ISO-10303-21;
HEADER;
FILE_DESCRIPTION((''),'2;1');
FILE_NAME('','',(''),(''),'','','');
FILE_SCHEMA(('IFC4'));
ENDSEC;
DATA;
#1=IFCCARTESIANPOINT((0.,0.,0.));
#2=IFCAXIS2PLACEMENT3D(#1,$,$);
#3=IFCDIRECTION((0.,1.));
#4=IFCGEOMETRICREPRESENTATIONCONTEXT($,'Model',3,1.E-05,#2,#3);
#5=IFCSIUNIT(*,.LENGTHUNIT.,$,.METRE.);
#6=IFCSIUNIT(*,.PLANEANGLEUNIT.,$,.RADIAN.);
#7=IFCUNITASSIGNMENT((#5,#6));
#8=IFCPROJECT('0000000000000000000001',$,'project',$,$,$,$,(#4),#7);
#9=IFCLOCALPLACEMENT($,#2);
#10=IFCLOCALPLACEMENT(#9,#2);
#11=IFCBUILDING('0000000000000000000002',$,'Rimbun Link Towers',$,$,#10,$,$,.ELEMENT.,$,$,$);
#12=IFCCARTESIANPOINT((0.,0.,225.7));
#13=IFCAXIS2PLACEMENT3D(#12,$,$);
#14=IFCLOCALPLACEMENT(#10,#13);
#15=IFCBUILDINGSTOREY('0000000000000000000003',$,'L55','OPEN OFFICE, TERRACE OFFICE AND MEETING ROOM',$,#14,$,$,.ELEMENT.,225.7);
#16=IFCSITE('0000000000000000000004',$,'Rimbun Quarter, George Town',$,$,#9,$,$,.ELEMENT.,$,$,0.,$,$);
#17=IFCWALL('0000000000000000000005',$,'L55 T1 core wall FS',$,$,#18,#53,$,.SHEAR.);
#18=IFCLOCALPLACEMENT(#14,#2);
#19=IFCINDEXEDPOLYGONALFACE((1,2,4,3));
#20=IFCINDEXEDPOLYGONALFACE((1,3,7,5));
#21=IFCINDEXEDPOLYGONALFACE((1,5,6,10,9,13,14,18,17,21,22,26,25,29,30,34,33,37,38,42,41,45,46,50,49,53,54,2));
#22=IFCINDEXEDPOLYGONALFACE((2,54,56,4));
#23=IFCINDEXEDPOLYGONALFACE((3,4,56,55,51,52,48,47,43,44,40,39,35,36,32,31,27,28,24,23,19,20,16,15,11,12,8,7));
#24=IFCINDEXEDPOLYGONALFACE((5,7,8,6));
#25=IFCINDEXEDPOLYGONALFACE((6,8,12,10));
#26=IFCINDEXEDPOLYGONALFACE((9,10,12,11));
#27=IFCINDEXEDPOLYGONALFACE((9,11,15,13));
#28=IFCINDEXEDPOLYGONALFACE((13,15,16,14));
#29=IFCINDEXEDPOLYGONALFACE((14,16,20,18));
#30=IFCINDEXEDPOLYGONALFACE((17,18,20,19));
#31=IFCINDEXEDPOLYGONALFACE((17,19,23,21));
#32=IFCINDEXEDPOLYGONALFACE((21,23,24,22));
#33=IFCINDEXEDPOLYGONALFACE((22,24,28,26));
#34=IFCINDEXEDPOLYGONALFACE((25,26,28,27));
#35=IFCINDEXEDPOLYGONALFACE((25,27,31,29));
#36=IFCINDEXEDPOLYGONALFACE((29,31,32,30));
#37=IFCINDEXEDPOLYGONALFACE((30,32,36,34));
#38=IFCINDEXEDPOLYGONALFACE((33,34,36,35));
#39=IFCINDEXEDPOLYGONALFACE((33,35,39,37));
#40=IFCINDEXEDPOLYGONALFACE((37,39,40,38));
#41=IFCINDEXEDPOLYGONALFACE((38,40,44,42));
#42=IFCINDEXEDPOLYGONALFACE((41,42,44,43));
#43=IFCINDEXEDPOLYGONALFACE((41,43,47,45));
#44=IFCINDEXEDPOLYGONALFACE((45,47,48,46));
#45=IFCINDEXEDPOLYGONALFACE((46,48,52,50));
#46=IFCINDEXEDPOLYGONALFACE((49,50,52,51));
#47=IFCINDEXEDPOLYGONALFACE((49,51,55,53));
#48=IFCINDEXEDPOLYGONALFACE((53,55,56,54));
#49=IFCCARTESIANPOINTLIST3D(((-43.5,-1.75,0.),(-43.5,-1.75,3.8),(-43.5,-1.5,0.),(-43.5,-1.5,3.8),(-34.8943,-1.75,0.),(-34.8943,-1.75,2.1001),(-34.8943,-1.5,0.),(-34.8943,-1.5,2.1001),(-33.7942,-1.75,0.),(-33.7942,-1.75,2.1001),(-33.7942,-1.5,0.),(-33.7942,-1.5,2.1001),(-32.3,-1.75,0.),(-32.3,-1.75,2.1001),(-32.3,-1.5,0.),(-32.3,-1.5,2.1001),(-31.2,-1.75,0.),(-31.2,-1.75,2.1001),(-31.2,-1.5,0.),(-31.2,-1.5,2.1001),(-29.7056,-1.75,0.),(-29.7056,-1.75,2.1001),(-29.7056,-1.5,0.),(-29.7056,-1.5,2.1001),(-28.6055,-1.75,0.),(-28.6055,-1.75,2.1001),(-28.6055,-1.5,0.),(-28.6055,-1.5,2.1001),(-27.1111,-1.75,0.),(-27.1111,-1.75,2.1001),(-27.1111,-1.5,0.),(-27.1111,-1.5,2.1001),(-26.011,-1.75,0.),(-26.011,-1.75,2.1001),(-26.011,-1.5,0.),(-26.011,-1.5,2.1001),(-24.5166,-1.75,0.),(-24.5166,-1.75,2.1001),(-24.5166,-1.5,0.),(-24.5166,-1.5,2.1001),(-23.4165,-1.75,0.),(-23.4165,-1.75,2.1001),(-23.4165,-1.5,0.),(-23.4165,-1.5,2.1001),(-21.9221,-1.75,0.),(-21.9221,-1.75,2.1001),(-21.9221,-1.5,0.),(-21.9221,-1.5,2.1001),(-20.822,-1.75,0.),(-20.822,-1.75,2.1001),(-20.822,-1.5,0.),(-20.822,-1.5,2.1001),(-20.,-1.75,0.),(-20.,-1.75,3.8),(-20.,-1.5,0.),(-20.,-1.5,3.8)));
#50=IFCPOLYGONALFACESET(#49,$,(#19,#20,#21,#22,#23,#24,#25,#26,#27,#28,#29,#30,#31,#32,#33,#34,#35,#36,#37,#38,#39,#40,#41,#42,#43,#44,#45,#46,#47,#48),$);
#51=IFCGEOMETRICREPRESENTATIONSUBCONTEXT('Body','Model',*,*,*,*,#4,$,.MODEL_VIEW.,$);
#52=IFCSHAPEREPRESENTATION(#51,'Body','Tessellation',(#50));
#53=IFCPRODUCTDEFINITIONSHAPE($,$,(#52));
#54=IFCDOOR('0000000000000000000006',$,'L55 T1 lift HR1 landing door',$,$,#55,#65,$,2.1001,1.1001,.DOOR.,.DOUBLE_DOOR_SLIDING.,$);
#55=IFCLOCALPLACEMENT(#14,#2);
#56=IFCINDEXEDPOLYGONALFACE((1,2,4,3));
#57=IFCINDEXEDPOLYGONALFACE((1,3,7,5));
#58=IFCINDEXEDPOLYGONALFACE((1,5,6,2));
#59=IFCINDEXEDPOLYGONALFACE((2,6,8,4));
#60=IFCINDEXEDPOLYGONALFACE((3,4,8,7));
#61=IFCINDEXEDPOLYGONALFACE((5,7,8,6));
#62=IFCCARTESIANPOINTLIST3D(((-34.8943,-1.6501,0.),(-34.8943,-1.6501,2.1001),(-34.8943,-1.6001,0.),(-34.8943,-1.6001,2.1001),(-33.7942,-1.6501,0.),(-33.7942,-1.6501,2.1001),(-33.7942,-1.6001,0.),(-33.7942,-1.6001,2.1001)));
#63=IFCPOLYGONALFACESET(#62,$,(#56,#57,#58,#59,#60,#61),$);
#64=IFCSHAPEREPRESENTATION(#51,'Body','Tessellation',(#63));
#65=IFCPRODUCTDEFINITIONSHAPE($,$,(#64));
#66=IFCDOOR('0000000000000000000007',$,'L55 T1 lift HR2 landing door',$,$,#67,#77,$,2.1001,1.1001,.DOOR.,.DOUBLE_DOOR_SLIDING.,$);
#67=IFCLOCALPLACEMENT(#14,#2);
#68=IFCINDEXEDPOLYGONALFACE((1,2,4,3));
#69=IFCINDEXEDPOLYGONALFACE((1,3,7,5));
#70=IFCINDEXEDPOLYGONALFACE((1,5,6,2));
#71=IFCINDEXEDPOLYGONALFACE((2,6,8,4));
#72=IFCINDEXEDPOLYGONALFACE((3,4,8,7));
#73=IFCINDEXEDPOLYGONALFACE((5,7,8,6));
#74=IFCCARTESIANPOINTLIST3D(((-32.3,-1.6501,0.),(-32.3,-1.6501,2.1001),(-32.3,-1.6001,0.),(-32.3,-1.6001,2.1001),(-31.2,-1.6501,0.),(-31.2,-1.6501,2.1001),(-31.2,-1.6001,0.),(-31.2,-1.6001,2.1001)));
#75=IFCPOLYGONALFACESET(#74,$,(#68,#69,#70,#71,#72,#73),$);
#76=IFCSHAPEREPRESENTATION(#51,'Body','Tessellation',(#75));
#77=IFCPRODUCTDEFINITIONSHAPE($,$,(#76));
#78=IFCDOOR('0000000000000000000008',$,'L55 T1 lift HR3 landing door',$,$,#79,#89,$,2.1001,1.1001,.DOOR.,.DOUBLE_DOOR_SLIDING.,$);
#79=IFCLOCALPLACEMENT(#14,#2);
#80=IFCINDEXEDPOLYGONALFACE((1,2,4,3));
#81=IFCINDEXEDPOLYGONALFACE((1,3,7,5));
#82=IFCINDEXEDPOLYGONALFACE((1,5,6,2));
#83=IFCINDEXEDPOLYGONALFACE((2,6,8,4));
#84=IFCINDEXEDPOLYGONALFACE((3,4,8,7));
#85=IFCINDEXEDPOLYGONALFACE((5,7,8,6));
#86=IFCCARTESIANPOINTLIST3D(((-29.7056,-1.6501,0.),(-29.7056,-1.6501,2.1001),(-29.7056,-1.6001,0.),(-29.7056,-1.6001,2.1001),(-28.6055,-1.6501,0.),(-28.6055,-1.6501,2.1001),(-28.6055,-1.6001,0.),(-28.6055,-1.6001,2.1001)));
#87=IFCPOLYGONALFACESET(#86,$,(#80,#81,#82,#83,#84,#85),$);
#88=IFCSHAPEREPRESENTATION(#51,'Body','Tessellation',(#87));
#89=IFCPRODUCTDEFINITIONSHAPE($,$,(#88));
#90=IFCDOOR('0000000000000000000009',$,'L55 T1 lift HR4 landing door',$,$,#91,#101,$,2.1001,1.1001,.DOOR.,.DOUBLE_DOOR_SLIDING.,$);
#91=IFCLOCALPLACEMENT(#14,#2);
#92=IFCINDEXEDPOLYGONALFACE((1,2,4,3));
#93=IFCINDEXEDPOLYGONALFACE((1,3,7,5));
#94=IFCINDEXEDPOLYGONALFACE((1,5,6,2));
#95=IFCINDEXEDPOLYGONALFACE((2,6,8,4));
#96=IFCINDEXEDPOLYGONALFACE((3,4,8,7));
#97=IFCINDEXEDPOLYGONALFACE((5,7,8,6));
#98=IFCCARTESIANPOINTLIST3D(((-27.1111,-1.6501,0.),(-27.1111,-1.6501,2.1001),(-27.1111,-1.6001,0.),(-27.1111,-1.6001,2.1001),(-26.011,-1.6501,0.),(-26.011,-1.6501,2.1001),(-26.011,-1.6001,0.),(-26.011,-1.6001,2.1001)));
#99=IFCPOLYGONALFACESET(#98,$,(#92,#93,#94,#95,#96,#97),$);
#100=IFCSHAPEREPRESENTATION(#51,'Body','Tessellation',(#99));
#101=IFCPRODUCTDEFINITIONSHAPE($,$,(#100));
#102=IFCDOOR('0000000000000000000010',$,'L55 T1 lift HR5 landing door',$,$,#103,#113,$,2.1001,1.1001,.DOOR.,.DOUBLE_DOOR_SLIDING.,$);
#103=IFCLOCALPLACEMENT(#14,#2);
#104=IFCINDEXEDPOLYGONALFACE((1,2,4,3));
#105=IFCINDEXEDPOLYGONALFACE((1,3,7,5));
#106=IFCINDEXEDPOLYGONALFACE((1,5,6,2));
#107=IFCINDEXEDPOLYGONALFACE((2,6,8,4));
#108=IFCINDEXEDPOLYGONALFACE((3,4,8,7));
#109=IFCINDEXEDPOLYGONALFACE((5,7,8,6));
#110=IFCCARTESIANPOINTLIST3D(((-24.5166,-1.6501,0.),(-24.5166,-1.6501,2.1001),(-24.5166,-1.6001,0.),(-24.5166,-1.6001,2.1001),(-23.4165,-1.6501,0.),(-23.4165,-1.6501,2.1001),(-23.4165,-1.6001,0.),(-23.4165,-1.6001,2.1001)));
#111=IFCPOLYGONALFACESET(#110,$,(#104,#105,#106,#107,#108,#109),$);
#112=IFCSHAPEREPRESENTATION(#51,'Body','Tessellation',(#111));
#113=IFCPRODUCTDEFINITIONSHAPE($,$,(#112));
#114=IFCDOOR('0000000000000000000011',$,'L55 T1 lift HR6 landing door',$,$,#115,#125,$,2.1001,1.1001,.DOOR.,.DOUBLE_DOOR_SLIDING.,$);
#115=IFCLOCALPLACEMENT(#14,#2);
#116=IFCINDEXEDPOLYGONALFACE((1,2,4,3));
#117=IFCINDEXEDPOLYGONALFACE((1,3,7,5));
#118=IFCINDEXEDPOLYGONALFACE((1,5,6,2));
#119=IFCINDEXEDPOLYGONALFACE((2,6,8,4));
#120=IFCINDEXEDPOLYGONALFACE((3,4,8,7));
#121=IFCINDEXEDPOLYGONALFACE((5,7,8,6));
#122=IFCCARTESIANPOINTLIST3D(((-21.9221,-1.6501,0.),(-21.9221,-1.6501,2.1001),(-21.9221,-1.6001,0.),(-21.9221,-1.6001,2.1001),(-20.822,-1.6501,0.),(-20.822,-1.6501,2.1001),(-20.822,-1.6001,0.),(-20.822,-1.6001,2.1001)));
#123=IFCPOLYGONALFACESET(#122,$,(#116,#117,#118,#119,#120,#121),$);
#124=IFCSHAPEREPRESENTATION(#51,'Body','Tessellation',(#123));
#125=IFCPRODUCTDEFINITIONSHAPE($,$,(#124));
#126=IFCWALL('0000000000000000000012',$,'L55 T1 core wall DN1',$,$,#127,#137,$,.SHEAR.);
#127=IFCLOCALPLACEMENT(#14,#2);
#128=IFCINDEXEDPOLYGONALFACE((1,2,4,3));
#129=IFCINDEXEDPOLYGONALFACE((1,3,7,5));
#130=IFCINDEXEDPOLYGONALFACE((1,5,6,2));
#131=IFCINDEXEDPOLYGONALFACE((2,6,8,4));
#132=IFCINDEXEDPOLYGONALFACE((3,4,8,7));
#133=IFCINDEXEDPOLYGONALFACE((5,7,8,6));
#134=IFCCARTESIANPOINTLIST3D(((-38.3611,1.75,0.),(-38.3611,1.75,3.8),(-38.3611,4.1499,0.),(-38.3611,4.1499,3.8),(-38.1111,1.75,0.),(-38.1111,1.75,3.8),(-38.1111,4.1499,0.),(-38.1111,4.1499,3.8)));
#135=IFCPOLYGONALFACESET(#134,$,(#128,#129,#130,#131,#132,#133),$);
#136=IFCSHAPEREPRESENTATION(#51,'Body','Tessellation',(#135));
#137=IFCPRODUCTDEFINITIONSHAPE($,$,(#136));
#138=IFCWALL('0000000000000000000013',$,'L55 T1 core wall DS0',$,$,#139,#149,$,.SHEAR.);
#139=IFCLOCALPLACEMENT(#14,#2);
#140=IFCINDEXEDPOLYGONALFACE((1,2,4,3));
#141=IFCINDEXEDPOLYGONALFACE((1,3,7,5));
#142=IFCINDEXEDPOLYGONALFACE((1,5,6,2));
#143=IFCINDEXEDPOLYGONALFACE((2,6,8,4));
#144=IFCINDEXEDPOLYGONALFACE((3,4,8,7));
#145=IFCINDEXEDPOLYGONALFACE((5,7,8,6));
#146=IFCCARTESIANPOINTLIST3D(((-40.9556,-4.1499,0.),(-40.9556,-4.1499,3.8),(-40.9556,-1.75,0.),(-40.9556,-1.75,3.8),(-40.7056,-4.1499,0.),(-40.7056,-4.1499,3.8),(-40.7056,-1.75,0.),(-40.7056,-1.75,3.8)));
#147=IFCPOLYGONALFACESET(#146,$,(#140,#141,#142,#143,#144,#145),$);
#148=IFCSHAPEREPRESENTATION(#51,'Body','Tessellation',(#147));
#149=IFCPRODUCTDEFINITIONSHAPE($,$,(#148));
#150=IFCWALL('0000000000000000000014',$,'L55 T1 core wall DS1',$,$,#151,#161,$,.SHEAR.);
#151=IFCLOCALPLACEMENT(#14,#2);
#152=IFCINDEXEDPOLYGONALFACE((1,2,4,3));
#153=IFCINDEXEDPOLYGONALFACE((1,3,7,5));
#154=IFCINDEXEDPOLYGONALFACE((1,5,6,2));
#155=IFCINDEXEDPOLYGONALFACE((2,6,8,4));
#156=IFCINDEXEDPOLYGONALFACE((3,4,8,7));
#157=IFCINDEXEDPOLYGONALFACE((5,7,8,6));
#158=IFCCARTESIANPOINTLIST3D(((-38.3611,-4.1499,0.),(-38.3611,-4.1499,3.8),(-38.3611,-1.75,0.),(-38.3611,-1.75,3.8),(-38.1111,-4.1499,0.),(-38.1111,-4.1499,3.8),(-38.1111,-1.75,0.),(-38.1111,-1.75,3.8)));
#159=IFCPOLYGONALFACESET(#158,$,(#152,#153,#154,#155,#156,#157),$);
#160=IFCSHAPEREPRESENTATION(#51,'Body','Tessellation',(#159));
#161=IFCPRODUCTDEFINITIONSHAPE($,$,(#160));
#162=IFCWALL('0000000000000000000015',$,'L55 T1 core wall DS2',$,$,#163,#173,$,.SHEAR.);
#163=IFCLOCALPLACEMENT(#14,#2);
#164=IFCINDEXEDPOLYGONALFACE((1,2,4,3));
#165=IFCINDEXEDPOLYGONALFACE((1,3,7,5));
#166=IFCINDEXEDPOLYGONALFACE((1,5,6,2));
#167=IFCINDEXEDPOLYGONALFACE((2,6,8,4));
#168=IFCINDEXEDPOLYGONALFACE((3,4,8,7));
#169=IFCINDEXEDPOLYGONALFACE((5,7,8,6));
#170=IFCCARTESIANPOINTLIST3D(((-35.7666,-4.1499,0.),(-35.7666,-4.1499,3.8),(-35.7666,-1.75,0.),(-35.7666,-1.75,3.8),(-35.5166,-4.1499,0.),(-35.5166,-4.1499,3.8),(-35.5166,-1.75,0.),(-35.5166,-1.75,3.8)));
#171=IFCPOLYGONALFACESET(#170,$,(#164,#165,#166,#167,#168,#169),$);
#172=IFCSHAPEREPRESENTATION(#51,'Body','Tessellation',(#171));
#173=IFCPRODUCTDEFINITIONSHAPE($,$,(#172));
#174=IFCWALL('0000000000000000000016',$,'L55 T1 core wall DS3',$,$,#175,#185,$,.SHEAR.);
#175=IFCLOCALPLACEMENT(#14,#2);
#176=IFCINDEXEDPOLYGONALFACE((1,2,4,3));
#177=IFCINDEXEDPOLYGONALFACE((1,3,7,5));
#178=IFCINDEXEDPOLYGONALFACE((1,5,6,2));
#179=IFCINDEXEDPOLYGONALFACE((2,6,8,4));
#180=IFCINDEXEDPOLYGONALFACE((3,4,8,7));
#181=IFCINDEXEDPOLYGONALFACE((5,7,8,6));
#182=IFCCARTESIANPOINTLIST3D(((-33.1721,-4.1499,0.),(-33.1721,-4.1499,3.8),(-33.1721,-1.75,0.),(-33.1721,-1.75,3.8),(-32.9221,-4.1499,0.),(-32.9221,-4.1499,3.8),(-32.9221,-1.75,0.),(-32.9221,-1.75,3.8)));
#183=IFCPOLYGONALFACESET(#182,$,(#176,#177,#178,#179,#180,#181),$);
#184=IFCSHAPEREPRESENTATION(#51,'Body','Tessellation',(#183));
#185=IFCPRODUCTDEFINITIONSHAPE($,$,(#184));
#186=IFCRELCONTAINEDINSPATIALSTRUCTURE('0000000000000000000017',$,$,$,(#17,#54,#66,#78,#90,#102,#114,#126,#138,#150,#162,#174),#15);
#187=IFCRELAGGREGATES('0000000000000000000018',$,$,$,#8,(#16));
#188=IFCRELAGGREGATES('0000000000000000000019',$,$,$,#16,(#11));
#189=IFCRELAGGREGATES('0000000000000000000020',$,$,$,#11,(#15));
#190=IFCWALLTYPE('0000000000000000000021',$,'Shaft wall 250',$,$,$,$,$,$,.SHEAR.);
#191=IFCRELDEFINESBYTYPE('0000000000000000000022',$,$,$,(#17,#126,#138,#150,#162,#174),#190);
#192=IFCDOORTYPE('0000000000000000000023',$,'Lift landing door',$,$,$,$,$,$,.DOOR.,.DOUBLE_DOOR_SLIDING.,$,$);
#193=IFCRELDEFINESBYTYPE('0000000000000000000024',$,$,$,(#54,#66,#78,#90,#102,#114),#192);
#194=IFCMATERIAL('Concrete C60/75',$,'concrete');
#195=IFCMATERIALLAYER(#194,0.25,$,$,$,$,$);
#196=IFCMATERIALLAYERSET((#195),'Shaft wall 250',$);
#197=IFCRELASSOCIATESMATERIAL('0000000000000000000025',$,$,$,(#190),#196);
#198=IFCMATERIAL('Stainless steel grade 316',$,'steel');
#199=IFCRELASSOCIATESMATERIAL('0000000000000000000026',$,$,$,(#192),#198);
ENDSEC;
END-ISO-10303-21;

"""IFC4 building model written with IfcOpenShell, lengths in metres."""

from ifc_helpers import new_model, si_unit, direction, frame, frame_2d, origin, place, context, subcontext, project, spatial, rectangle, extrude, material, layer, layer_set, type_object, element, fill, save


model = new_model("IFC4")

# Units and contexts
model_context = context("Model", 3, precision=1e-05, world=origin(), true_north=direction((0.0, 1.0)))
body_context = subcontext(model_context, "Body", "Model", "MODEL_VIEW")
ifc_project = project(units=[si_unit("LENGTHUNIT", "METRE"), si_unit("PLANEANGLEUNIT", "RADIAN")], contexts=[model_context])

# Site, building, storey
site_placement = place(None, origin())
site = spatial("IfcSite", under=ifc_project, at=site_placement, Name="Rimbun Quarter, George Town", CompositionType="ELEMENT", RefElevation=0.0)
building_placement = place(site_placement, origin())
building = spatial("IfcBuilding", under=site, at=building_placement, Name="Rimbun Link Towers", CompositionType="ELEMENT")
storey_placement = place(building_placement, frame((0.0, 0.0, 225.7)))
storey = spatial("IfcBuildingStorey", under=building, at=storey_placement, Name="L55", Description="OPEN OFFICE, TERRACE OFFICE AND MEETING ROOM", CompositionType="ELEMENT", Elevation=225.7)

# Shared definitions
ifc_material_1 = material(Name="Concrete C60/75", Category="concrete")
ifc_layer_1 = layer(ifc_material_1, 0.25)
ifc_layer_set_1 = layer_set([ifc_layer_1], Name="Shaft wall 250")
wall_type_1 = type_object("IfcWallType", Name="Shaft wall 250", PredefinedType="SHEAR", material=ifc_layer_set_1)

# Wall, openings, doors
wall_1_placement = place(storey_placement, frame((-43.5, -1.625, 0.0), z_axis=(0.0, 0.0, 1.0), x_axis=(1.0, 0.0, 0.0)))
wall_1 = element("IfcWall", 1, at=wall_1_placement, inside=storey, type_object=wall_type_1, Name="L55 T1 core wall FS", PredefinedType="SHEAR", context=body_context, shape_type="SweptSolid", body=[
    extrude(rectangle(XDim=23.5, YDim=0.25, at=frame_2d((11.75, 0.0))), origin(), (0.0, 0.0, 1.0), 3.8),
])
opening_1_placement = place(wall_1_placement, frame((8.6057, 0.0, 0.0)))
opening_1 = element("IfcOpeningElement", 2, at=opening_1_placement, cuts=wall_1, PredefinedType="OPENING", context=body_context, shape_type="SweptSolid", body=[
    extrude(rectangle(XDim=1.1001, YDim=2.1001, at=frame_2d((0.55, 1.05))), frame((0.0, 0.135, 0.0), z_axis=(0.0, -1.0, 0.0), x_axis=(1.0, 0.0, 0.0)), (0.0, 0.0, 1.0), 0.27),
])
opening_2_placement = place(wall_1_placement, frame((11.2, 0.0, 0.0)))
opening_2 = element("IfcOpeningElement", 3, at=opening_2_placement, cuts=wall_1, PredefinedType="OPENING", context=body_context, shape_type="SweptSolid", body=[
    extrude(rectangle(XDim=1.1001, YDim=2.1001, at=frame_2d((0.55, 1.05))), frame((0.0, 0.135, 0.0), z_axis=(0.0, -1.0, 0.0), x_axis=(1.0, 0.0, 0.0)), (0.0, 0.0, 1.0), 0.27),
])
opening_3_placement = place(wall_1_placement, frame((13.7944, 0.0, 0.0)))
opening_3 = element("IfcOpeningElement", 4, at=opening_3_placement, cuts=wall_1, PredefinedType="OPENING", context=body_context, shape_type="SweptSolid", body=[
    extrude(rectangle(XDim=1.1001, YDim=2.1001, at=frame_2d((0.55, 1.05))), frame((0.0, 0.135, 0.0), z_axis=(0.0, -1.0, 0.0), x_axis=(1.0, 0.0, 0.0)), (0.0, 0.0, 1.0), 0.27),
])
opening_4_placement = place(wall_1_placement, frame((16.3889, 0.0, 0.0)))
opening_4 = element("IfcOpeningElement", 5, at=opening_4_placement, cuts=wall_1, PredefinedType="OPENING", context=body_context, shape_type="SweptSolid", body=[
    extrude(rectangle(XDim=1.1001, YDim=2.1001, at=frame_2d((0.55, 1.05))), frame((0.0, 0.135, 0.0), z_axis=(0.0, -1.0, 0.0), x_axis=(1.0, 0.0, 0.0)), (0.0, 0.0, 1.0), 0.27),
])
opening_5_placement = place(wall_1_placement, frame((18.9834, 0.0, 0.0)))
opening_5 = element("IfcOpeningElement", 6, at=opening_5_placement, cuts=wall_1, PredefinedType="OPENING", context=body_context, shape_type="SweptSolid", body=[
    extrude(rectangle(XDim=1.1001, YDim=2.1001, at=frame_2d((0.55, 1.05))), frame((0.0, 0.135, 0.0), z_axis=(0.0, -1.0, 0.0), x_axis=(1.0, 0.0, 0.0)), (0.0, 0.0, 1.0), 0.27),
])
opening_6_placement = place(wall_1_placement, frame((21.5779, 0.0, 0.0)))
opening_6 = element("IfcOpeningElement", 7, at=opening_6_placement, cuts=wall_1, PredefinedType="OPENING", context=body_context, shape_type="SweptSolid", body=[
    extrude(rectangle(XDim=1.1001, YDim=2.1001, at=frame_2d((0.55, 1.05))), frame((0.0, 0.135, 0.0), z_axis=(0.0, -1.0, 0.0), x_axis=(1.0, 0.0, 0.0)), (0.0, 0.0, 1.0), 0.27),
])
ifc_material_2 = material(Name="Stainless steel grade 316", Category="steel")
door_type_1 = type_object("IfcDoorType", Name="Lift landing door", OperationType="DOUBLE_DOOR_SLIDING", PredefinedType="DOOR", material=ifc_material_2)
door_1_placement = place(opening_1_placement, origin())
door_1 = element("IfcDoor", 8, at=door_1_placement, inside=storey, type_object=door_type_1, Name="L55 T1 lift HR1 landing door", OperationType="DOUBLE_DOOR_SLIDING", OverallHeight=2.1001, OverallWidth=1.1001, PredefinedType="DOOR", context=body_context, shape_type="SweptSolid", body=[
    extrude(rectangle(XDim=1.1001, YDim=2.1001, at=frame_2d((0.55, 1.05))), frame((0.0, 0.0249, 0.0), z_axis=(0.0, -1.0, 0.0), x_axis=(1.0, 0.0, 0.0)), (0.0, 0.0, 1.0), 0.05),
])
fill(opening_1, door_1)
door_2_placement = place(opening_2_placement, origin())
door_2 = element("IfcDoor", 9, at=door_2_placement, inside=storey, type_object=door_type_1, Name="L55 T1 lift HR2 landing door", OperationType="DOUBLE_DOOR_SLIDING", OverallHeight=2.1001, OverallWidth=1.1001, PredefinedType="DOOR", context=body_context, shape_type="SweptSolid", body=[
    extrude(rectangle(XDim=1.1001, YDim=2.1001, at=frame_2d((0.55, 1.05))), frame((0.0, 0.0249, 0.0), z_axis=(0.0, -1.0, 0.0), x_axis=(1.0, 0.0, 0.0)), (0.0, 0.0, 1.0), 0.05),
])
fill(opening_2, door_2)
door_3_placement = place(opening_3_placement, origin())
door_3 = element("IfcDoor", 10, at=door_3_placement, inside=storey, type_object=door_type_1, Name="L55 T1 lift HR3 landing door", OperationType="DOUBLE_DOOR_SLIDING", OverallHeight=2.1001, OverallWidth=1.1001, PredefinedType="DOOR", context=body_context, shape_type="SweptSolid", body=[
    extrude(rectangle(XDim=1.1001, YDim=2.1001, at=frame_2d((0.55, 1.05))), frame((0.0, 0.0249, 0.0), z_axis=(0.0, -1.0, 0.0), x_axis=(1.0, 0.0, 0.0)), (0.0, 0.0, 1.0), 0.05),
])
fill(opening_3, door_3)
door_4_placement = place(opening_4_placement, origin())
door_4 = element("IfcDoor", 11, at=door_4_placement, inside=storey, type_object=door_type_1, Name="L55 T1 lift HR4 landing door", OperationType="DOUBLE_DOOR_SLIDING", OverallHeight=2.1001, OverallWidth=1.1001, PredefinedType="DOOR", context=body_context, shape_type="SweptSolid", body=[
    extrude(rectangle(XDim=1.1001, YDim=2.1001, at=frame_2d((0.55, 1.05))), frame((0.0, 0.0249, 0.0), z_axis=(0.0, -1.0, 0.0), x_axis=(1.0, 0.0, 0.0)), (0.0, 0.0, 1.0), 0.05),
])
fill(opening_4, door_4)
door_5_placement = place(opening_5_placement, origin())
door_5 = element("IfcDoor", 12, at=door_5_placement, inside=storey, type_object=door_type_1, Name="L55 T1 lift HR5 landing door", OperationType="DOUBLE_DOOR_SLIDING", OverallHeight=2.1001, OverallWidth=1.1001, PredefinedType="DOOR", context=body_context, shape_type="SweptSolid", body=[
    extrude(rectangle(XDim=1.1001, YDim=2.1001, at=frame_2d((0.55, 1.05))), frame((0.0, 0.0249, 0.0), z_axis=(0.0, -1.0, 0.0), x_axis=(1.0, 0.0, 0.0)), (0.0, 0.0, 1.0), 0.05),
])
fill(opening_5, door_5)
door_6_placement = place(opening_6_placement, origin())
door_6 = element("IfcDoor", 13, at=door_6_placement, inside=storey, type_object=door_type_1, Name="L55 T1 lift HR6 landing door", OperationType="DOUBLE_DOOR_SLIDING", OverallHeight=2.1001, OverallWidth=1.1001, PredefinedType="DOOR", context=body_context, shape_type="SweptSolid", body=[
    extrude(rectangle(XDim=1.1001, YDim=2.1001, at=frame_2d((0.55, 1.05))), frame((0.0, 0.0249, 0.0), z_axis=(0.0, -1.0, 0.0), x_axis=(1.0, 0.0, 0.0)), (0.0, 0.0, 1.0), 0.05),
])
fill(opening_6, door_6)

# Walls
for number, where, z_axis, x_axis, name in (
    (14, (-38.2361, 1.75, 0.0), (0.0, 0.0, 1.0), (0.0, 1.0, 0.0), "L55 T1 core wall DN1"),
    (15, (-40.8306, -4.1499, 0.0), (0.0, 0.0, 1.0), (0.0, 1.0, 0.0), "L55 T1 core wall DS0"),
    (16, (-38.2361, -4.1499, 0.0), (0.0, 0.0, 1.0), (0.0, 1.0, 0.0), "L55 T1 core wall DS1"),
    (17, (-35.6416, -4.1499, 0.0), (0.0, 0.0, 1.0), (0.0, 1.0, 0.0), "L55 T1 core wall DS2"),
    (18, (-33.0471, -4.1499, 0.0), (0.0, 0.0, 1.0), (0.0, 1.0, 0.0), "L55 T1 core wall DS3"),
):
    element("IfcWall", number, at=place(storey_placement, frame(where, z_axis=z_axis, x_axis=x_axis)), inside=storey, type_object=wall_type_1, Name=name, PredefinedType="SHEAR", context=body_context, shape_type="SweptSolid", body=[
        extrude(rectangle(XDim=2.3999, YDim=0.25, at=frame_2d((1.2, 0.0))), origin(), (0.0, 0.0, 1.0), 3.8),
    ])

save(model, "model.ifc")
